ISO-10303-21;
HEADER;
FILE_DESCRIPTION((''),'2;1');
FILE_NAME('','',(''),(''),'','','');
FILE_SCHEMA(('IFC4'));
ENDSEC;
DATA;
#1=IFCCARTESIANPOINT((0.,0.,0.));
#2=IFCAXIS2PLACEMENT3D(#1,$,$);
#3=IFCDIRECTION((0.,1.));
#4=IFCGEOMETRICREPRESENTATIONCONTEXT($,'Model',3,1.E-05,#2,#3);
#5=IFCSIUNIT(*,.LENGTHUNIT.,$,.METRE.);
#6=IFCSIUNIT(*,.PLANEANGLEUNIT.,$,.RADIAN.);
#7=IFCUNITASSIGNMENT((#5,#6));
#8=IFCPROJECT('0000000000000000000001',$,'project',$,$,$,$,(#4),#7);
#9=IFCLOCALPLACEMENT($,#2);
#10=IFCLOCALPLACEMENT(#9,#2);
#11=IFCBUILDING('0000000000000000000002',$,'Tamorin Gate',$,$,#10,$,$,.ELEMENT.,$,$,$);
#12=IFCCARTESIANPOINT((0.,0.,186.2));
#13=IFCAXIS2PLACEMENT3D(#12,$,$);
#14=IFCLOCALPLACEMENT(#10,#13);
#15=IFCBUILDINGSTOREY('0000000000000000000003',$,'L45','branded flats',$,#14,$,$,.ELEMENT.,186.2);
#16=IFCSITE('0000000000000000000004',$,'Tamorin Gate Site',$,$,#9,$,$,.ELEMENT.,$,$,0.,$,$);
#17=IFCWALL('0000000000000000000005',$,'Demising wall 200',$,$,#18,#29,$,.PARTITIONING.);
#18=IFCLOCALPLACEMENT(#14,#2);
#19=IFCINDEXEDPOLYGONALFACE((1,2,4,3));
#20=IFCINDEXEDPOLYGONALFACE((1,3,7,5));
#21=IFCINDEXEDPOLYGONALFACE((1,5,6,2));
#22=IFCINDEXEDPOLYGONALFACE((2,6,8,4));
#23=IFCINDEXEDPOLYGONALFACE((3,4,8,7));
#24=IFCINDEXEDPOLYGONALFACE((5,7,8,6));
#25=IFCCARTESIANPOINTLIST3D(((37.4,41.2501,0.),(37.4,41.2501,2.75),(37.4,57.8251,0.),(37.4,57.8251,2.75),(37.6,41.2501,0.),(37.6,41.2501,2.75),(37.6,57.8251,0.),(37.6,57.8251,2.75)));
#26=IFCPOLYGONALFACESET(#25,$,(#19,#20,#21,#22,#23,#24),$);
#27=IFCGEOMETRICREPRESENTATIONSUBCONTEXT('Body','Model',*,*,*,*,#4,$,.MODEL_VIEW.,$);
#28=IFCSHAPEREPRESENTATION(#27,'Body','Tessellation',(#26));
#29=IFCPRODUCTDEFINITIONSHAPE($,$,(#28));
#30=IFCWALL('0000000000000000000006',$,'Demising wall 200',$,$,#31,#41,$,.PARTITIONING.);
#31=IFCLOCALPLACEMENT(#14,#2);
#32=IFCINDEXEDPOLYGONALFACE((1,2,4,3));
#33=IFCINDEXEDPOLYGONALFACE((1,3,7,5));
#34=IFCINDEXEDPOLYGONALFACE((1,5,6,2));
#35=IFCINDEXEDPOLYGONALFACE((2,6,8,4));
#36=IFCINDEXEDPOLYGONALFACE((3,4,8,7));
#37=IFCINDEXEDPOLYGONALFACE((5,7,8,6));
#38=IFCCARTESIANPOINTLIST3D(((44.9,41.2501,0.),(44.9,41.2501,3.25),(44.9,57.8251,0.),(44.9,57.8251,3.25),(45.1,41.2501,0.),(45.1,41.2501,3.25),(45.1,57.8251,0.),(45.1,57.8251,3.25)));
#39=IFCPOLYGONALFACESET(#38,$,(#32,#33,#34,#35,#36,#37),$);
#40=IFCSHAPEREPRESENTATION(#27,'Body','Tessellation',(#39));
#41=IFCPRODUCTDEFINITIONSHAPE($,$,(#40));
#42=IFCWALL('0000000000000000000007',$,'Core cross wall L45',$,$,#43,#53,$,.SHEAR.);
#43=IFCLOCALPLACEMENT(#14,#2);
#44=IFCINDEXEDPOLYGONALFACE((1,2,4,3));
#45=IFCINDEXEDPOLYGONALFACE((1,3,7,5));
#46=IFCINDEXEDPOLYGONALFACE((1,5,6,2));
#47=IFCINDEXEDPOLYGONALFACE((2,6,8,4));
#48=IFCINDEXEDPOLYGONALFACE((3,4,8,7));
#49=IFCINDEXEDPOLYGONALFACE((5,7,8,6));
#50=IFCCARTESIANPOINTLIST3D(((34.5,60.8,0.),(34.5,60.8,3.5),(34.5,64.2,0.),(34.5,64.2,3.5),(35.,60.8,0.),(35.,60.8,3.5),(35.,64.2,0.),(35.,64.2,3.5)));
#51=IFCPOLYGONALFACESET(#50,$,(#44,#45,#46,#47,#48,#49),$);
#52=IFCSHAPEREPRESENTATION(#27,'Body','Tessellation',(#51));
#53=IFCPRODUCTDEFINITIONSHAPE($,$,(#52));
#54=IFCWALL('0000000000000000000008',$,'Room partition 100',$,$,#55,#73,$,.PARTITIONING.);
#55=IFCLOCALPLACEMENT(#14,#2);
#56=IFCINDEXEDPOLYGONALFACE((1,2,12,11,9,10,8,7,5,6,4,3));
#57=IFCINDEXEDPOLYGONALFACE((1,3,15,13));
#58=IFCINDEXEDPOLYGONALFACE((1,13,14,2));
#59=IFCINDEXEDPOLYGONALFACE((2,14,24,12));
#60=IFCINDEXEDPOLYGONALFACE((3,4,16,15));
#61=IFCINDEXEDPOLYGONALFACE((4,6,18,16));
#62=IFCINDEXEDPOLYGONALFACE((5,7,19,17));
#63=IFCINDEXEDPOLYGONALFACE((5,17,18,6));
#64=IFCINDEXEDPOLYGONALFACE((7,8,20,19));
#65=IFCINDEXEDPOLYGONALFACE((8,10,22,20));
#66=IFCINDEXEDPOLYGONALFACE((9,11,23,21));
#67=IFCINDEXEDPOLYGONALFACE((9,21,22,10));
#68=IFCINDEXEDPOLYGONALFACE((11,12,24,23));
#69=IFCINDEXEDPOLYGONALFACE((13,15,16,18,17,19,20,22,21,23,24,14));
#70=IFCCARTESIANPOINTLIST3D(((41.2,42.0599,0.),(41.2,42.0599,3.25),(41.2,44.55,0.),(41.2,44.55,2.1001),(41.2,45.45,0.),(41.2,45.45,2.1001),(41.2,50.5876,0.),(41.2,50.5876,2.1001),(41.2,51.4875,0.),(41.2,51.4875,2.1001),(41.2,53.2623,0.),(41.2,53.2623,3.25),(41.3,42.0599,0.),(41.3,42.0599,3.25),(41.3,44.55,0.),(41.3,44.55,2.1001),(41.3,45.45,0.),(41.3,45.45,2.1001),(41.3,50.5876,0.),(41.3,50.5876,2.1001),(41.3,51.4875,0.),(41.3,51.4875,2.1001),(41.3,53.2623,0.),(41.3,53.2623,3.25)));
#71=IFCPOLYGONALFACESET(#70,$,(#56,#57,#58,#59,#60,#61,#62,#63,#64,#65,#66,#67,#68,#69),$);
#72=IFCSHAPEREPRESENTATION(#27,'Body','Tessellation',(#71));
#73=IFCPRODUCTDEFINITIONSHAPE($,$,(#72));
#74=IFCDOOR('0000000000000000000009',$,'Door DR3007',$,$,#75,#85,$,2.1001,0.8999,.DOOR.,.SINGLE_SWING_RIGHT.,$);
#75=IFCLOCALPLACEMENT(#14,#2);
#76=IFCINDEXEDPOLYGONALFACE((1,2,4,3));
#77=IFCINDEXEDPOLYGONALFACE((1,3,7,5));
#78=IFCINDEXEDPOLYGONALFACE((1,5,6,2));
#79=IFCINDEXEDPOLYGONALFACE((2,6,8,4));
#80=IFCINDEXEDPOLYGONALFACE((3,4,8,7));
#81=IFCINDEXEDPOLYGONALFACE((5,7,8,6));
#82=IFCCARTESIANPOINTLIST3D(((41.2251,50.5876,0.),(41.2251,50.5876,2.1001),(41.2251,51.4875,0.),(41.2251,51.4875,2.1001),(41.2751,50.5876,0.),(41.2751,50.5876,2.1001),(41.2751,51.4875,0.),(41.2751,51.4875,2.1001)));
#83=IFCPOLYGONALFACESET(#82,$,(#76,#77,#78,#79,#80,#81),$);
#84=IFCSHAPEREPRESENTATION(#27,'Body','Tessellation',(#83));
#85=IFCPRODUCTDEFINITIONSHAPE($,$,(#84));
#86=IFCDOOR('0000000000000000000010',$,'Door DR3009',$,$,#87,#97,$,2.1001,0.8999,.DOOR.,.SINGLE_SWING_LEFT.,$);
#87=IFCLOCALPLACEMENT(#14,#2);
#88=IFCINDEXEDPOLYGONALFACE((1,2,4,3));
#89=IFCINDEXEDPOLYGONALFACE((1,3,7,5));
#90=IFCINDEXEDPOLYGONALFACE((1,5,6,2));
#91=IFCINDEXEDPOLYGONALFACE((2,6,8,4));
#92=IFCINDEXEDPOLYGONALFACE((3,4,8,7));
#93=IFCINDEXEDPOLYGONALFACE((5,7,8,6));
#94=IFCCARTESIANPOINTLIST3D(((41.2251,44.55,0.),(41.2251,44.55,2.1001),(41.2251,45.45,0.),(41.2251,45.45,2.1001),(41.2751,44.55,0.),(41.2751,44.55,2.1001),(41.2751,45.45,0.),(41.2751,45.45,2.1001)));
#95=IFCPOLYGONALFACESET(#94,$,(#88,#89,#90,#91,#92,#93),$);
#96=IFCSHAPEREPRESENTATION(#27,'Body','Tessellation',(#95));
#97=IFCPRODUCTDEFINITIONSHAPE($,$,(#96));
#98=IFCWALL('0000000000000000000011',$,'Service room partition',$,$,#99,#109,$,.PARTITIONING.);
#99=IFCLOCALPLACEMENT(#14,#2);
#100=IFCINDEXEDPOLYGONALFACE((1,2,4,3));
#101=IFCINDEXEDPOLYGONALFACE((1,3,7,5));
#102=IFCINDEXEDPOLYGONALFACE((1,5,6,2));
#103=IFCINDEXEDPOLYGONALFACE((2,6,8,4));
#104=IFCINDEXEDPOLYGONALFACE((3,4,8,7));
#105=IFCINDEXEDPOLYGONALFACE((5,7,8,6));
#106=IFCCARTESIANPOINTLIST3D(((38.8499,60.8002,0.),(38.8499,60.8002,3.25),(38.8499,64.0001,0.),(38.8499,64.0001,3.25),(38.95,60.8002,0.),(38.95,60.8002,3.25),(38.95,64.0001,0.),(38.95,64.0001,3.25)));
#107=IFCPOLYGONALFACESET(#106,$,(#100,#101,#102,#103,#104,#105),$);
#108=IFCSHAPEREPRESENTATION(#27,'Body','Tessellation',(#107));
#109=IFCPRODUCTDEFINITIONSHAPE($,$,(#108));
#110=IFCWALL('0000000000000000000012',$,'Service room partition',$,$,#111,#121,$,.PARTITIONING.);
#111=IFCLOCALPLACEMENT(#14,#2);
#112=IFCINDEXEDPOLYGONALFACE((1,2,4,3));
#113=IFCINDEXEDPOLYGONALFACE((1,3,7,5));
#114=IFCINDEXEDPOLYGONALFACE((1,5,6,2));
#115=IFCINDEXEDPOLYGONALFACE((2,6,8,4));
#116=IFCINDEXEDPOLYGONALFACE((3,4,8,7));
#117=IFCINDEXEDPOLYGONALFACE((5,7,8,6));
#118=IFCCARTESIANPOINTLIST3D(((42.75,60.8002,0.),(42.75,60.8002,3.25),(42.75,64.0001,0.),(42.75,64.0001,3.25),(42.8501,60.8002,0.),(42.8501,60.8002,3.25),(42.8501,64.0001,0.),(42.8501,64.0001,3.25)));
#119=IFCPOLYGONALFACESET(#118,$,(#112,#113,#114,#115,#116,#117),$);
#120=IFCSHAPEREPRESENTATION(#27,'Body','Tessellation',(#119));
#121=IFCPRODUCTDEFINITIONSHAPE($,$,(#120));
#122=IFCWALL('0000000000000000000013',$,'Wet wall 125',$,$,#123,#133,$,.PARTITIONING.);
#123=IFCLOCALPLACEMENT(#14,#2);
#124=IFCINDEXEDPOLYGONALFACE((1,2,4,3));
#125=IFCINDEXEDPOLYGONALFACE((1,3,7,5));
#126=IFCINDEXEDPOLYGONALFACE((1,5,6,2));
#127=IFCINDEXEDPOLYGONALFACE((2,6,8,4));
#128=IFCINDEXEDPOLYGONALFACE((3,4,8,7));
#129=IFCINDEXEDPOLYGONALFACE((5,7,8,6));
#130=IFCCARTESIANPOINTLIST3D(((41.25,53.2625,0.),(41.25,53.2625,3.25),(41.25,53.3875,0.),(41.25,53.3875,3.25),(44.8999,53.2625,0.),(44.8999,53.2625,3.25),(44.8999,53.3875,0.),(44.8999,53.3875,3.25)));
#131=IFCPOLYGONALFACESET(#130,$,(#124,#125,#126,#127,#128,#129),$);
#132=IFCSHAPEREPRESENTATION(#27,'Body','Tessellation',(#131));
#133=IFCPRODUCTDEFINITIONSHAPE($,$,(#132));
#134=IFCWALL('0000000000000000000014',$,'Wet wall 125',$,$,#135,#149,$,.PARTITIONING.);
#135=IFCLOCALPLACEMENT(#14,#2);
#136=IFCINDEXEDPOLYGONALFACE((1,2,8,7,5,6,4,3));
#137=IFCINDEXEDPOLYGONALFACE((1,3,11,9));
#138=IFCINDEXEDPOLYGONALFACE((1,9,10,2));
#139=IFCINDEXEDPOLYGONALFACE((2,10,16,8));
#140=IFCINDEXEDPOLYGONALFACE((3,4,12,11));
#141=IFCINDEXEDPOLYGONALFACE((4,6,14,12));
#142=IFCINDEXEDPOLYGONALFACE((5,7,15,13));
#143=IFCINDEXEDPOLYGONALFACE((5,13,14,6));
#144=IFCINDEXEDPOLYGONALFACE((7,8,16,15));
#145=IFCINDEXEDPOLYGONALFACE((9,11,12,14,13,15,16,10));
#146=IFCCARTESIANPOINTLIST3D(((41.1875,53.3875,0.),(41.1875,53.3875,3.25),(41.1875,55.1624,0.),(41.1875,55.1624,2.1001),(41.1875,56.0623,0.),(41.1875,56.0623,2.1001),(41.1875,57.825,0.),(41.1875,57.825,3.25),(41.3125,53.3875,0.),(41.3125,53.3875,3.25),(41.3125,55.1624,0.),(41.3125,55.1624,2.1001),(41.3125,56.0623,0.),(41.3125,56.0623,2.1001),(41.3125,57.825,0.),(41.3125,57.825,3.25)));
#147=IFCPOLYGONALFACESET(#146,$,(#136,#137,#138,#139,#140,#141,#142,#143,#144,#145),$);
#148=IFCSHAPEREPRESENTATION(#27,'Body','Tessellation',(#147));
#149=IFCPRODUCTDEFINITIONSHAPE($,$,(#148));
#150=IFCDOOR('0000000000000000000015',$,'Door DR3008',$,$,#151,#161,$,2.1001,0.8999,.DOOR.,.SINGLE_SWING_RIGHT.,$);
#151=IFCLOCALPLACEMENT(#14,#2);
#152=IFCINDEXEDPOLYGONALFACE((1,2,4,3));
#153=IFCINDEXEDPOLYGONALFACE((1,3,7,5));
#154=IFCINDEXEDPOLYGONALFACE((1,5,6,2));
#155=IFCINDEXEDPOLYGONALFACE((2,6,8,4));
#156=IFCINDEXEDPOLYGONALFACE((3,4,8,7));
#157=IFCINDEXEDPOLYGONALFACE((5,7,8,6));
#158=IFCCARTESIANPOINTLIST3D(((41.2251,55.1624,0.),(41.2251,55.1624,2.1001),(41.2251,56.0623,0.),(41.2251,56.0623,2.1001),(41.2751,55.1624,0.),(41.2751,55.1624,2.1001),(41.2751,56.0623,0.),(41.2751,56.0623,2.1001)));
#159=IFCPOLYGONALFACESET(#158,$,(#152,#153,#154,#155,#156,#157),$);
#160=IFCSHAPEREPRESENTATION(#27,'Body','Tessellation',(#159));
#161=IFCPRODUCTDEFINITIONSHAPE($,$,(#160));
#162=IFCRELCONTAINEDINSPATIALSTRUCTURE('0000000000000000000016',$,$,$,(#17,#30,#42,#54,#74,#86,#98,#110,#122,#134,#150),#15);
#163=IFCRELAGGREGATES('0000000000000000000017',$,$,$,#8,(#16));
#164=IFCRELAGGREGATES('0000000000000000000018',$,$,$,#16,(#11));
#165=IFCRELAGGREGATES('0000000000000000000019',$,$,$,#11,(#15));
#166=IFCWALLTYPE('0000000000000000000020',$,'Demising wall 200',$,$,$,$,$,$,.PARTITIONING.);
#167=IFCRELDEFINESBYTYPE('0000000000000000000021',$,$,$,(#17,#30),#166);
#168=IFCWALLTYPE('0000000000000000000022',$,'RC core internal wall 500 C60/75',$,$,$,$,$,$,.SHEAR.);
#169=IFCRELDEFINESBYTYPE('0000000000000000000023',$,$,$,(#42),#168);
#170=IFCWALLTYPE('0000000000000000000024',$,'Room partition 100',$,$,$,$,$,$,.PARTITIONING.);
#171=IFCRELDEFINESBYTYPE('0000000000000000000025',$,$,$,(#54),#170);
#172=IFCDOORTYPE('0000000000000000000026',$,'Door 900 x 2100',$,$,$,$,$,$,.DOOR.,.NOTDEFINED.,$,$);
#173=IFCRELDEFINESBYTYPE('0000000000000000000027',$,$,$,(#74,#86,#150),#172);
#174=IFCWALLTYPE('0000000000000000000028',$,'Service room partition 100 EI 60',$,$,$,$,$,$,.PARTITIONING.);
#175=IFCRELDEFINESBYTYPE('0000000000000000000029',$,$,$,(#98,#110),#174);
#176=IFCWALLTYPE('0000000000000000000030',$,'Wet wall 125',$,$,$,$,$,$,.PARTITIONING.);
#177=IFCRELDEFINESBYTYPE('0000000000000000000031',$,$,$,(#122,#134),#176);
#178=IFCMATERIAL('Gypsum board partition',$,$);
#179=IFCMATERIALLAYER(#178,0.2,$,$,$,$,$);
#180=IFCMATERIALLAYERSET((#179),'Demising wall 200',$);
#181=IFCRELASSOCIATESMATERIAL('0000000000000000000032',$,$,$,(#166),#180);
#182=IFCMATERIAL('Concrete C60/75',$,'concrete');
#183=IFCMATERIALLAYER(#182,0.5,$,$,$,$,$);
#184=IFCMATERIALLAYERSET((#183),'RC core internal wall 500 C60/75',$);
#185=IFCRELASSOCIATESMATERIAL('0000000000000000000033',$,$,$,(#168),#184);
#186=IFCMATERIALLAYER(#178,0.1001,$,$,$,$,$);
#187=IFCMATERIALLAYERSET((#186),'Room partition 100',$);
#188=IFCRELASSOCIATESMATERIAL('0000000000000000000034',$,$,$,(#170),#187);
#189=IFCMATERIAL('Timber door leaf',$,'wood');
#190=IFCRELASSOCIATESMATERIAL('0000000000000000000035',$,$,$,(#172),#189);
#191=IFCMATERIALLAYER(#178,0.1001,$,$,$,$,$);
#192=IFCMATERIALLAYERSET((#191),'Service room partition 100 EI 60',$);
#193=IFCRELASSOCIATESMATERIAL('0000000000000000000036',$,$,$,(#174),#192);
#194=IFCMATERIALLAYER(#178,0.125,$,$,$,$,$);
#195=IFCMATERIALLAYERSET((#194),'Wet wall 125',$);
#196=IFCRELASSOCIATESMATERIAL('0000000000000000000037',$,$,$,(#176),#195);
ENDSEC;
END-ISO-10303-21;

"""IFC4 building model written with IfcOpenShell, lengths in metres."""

from ifc_helpers import new_model, si_unit, direction, frame, frame_2d, origin, place, context, subcontext, project, spatial, rectangle, extrude, material, layer, layer_set, type_object, element, fill, save


model = new_model("IFC4")

# Units and contexts
model_context = context("Model", 3, precision=1e-05, world=origin(), true_north=direction((0.0, 1.0)))
body_context = subcontext(model_context, "Body", "Model", "MODEL_VIEW")
ifc_project = project(units=[si_unit("LENGTHUNIT", "METRE"), si_unit("PLANEANGLEUNIT", "RADIAN")], contexts=[model_context])

# Site, building, storey
site_placement = place(None, origin())
site = spatial("IfcSite", under=ifc_project, at=site_placement, Name="Tamorin Gate Site", CompositionType="ELEMENT", RefElevation=0.0)
building_placement = place(site_placement, origin())
building = spatial("IfcBuilding", under=site, at=building_placement, Name="Tamorin Gate", CompositionType="ELEMENT")
storey_placement = place(building_placement, frame((0.0, 0.0, 186.2)))
storey = spatial("IfcBuildingStorey", under=building, at=storey_placement, Name="L45", Description="branded flats", CompositionType="ELEMENT", Elevation=186.2)

# Shared definitions
ifc_material_1 = material(Name="Concrete C60/75", Category="concrete")

# Walls
ifc_material_2 = material(Name="Gypsum board partition")
ifc_layer_1 = layer(ifc_material_2, 0.2)
ifc_layer_set_1 = layer_set([ifc_layer_1], Name="Demising wall 200")
wall_type_1 = type_object("IfcWallType", Name="Demising wall 200", PredefinedType="PARTITIONING", material=ifc_layer_set_1)
wall_1_placement = place(storey_placement, frame((37.5, 41.25, 0.0), z_axis=(0.0, 0.0, 1.0), x_axis=(0.0, 1.0, 0.0)))
element("IfcWall", 1, at=wall_1_placement, inside=storey, type_object=wall_type_1, Name="Demising wall 200", PredefinedType="PARTITIONING", context=body_context, shape_type="SweptSolid", body=[
    extrude(rectangle(XDim=16.575, YDim=0.2, at=frame_2d((8.2876, 0.0))), origin(), (0.0, 0.0, 1.0), 2.75),
])
wall_2_placement = place(storey_placement, frame((45.0, 41.25, 0.0), z_axis=(0.0, 0.0, 1.0), x_axis=(0.0, 1.0, 0.0)))
element("IfcWall", 2, at=wall_2_placement, inside=storey, type_object=wall_type_1, Name="Demising wall 200", PredefinedType="PARTITIONING", context=body_context, shape_type="SweptSolid", body=[
    extrude(rectangle(XDim=16.575, YDim=0.2, at=frame_2d((8.2876, 0.0))), origin(), (0.0, 0.0, 1.0), 3.25),
])
ifc_layer_2 = layer(ifc_material_1, 0.5)
ifc_layer_set_2 = layer_set([ifc_layer_2], Name="RC core internal wall 500 C60/75")
wall_type_2 = type_object("IfcWallType", Name="RC core internal wall 500 C60/75", PredefinedType="SHEAR", material=ifc_layer_set_2)
wall_3_placement = place(storey_placement, frame((34.75, 60.8, 0.0), z_axis=(0.0, 0.0, 1.0), x_axis=(0.0, 1.0, 0.0)))
element("IfcWall", 3, at=wall_3_placement, inside=storey, type_object=wall_type_2, Name="Core cross wall L45", PredefinedType="SHEAR", context=body_context, shape_type="SweptSolid", body=[
    extrude(rectangle(XDim=3.3999, YDim=0.5, at=frame_2d((1.7, 0.0))), origin(), (0.0, 0.0, 1.0), 3.5),
])

# Wall, openings, doors
ifc_layer_3 = layer(ifc_material_2, 0.1001)
ifc_layer_set_3 = layer_set([ifc_layer_3], Name="Room partition 100")
wall_type_3 = type_object("IfcWallType", Name="Room partition 100", PredefinedType="PARTITIONING", material=ifc_layer_set_3)
wall_4_placement = place(storey_placement, frame((41.25, 42.0601, 0.0), z_axis=(0.0, 0.0, 1.0), x_axis=(0.0, 1.0, 0.0)))
wall_4 = element("IfcWall", 4, at=wall_4_placement, inside=storey, type_object=wall_type_3, Name="Room partition 100", PredefinedType="PARTITIONING", context=body_context, shape_type="SweptSolid", body=[
    extrude(rectangle(XDim=11.2024, YDim=0.1001, at=frame_2d((5.6011, 0.0))), origin(), (0.0, 0.0, 1.0), 3.25),
])
opening_1_placement = place(wall_4_placement, frame((8.5276, 0.0, 0.0)))
opening_1 = element("IfcOpeningElement", 5, at=opening_1_placement, cuts=wall_4, PredefinedType="OPENING", context=body_context, shape_type="SweptSolid", body=[
    extrude(rectangle(XDim=0.8999, YDim=2.1001, at=frame_2d((0.45, 1.05))), frame((0.0, 0.0601, 0.0), z_axis=(0.0, -1.0, 0.0), x_axis=(1.0, 0.0, 0.0)), (0.0, 0.0, 1.0), 0.1201),
])
opening_2_placement = place(wall_4_placement, frame((2.49, 0.0, 0.0)))
opening_2 = element("IfcOpeningElement", 6, at=opening_2_placement, cuts=wall_4, PredefinedType="OPENING", context=body_context, shape_type="SweptSolid", body=[
    extrude(rectangle(XDim=0.8999, YDim=2.1001, at=frame_2d((0.45, 1.05))), frame((0.0, 0.0601, 0.0), z_axis=(0.0, -1.0, 0.0), x_axis=(1.0, 0.0, 0.0)), (0.0, 0.0, 1.0), 0.1201),
])
ifc_material_3 = material(Name="Timber door leaf", Category="wood")
door_type = type_object("IfcDoorType", Name="Door 900 x 2100", OperationType="NOTDEFINED", PredefinedType="DOOR", material=ifc_material_3)
door_1_placement = place(opening_1_placement, origin())
door_1 = element("IfcDoor", 7, at=door_1_placement, inside=storey, type_object=door_type, Name="Door DR3007", OperationType="SINGLE_SWING_RIGHT", OverallHeight=2.1001, OverallWidth=0.8999, PredefinedType="DOOR", context=body_context, shape_type="SweptSolid", body=[
    extrude(rectangle(XDim=0.8999, YDim=2.1001, at=frame_2d((0.45, 1.05))), frame((0.0, 0.0249, 0.0), z_axis=(0.0, -1.0, 0.0), x_axis=(1.0, 0.0, 0.0)), (0.0, 0.0, 1.0), 0.05),
])
fill(opening_1, door_1)
door_2_placement = place(opening_2_placement, origin())
door_2 = element("IfcDoor", 8, at=door_2_placement, inside=storey, type_object=door_type, Name="Door DR3009", OperationType="SINGLE_SWING_LEFT", OverallHeight=2.1001, OverallWidth=0.8999, PredefinedType="DOOR", context=body_context, shape_type="SweptSolid", body=[
    extrude(rectangle(XDim=0.8999, YDim=2.1001, at=frame_2d((0.45, 1.05))), frame((0.0, 0.0249, 0.0), z_axis=(0.0, -1.0, 0.0), x_axis=(1.0, 0.0, 0.0)), (0.0, 0.0, 1.0), 0.05),
])
fill(opening_2, door_2)

# Walls
ifc_layer_4 = layer(ifc_material_2, 0.1001)
ifc_layer_set_4 = layer_set([ifc_layer_4], Name="Service room partition 100 EI 60")
wall_type_4 = type_object("IfcWallType", Name="Service room partition 100 EI 60", PredefinedType="PARTITIONING", material=ifc_layer_set_4)
for number, where, z_axis, x_axis, name in (
    (9, (38.8999, 60.8, 0.0), (0.0, 0.0, 1.0), (0.0, 1.0, 0.0), "Service room partition"),
    (10, (42.8, 60.8, 0.0), (0.0, 0.0, 1.0), (0.0, 1.0, 0.0), "Service room partition"),
):
    element("IfcWall", number, at=place(storey_placement, frame(where, z_axis=z_axis, x_axis=x_axis)), inside=storey, type_object=wall_type_4, Name=name, PredefinedType="PARTITIONING", context=body_context, shape_type="SweptSolid", body=[
        extrude(rectangle(XDim=3.2, YDim=0.1001, at=frame_2d((1.6001, 0.0))), origin(), (0.0, 0.0, 1.0), 3.25),
    ])
ifc_layer_5 = layer(ifc_material_2, 0.125)
ifc_layer_set_5 = layer_set([ifc_layer_5], Name="Wet wall 125")
wall_type_5 = type_object("IfcWallType", Name="Wet wall 125", PredefinedType="PARTITIONING", material=ifc_layer_set_5)
wall_5_placement = place(storey_placement, frame((41.25, 53.325, 0.0), z_axis=(0.0, 0.0, 1.0), x_axis=(1.0, 0.0, 0.0)))
element("IfcWall", 11, at=wall_5_placement, inside=storey, type_object=wall_type_5, Name="Wet wall 125", PredefinedType="PARTITIONING", context=body_context, shape_type="SweptSolid", body=[
    extrude(rectangle(XDim=3.6499, YDim=0.125, at=frame_2d((1.825, 0.0))), origin(), (0.0, 0.0, 1.0), 3.25),
])

# Wall, opening, door
wall_6_placement = place(storey_placement, frame((41.25, 53.3875, 0.0), z_axis=(0.0, 0.0, 1.0), x_axis=(0.0, 1.0, 0.0)))
wall_6 = element("IfcWall", 12, at=wall_6_placement, inside=storey, type_object=wall_type_5, Name="Wet wall 125", PredefinedType="PARTITIONING", context=body_context, shape_type="SweptSolid", body=[
    extrude(rectangle(XDim=4.4375, YDim=0.125, at=frame_2d((2.2188, 0.0))), origin(), (0.0, 0.0, 1.0), 3.25),
])
opening_3_placement = place(wall_6_placement, frame((1.7749, 0.0, 0.0)))
opening_3 = element("IfcOpeningElement", 13, at=opening_3_placement, cuts=wall_6, PredefinedType="OPENING", context=body_context, shape_type="SweptSolid", body=[
    extrude(rectangle(XDim=0.8999, YDim=2.1001, at=frame_2d((0.45, 1.05))), frame((0.0, 0.0725, 0.0), z_axis=(0.0, -1.0, 0.0), x_axis=(1.0, 0.0, 0.0)), (0.0, 0.0, 1.0), 0.145),
])
door_3_placement = place(opening_3_placement, origin())
door_3 = element("IfcDoor", 14, at=door_3_placement, inside=storey, type_object=door_type, Name="Door DR3008", OperationType="SINGLE_SWING_RIGHT", OverallHeight=2.1001, OverallWidth=0.8999, PredefinedType="DOOR", context=body_context, shape_type="SweptSolid", body=[
    extrude(rectangle(XDim=0.8999, YDim=2.1001, at=frame_2d((0.45, 1.05))), frame((0.0, 0.0249, 0.0), z_axis=(0.0, -1.0, 0.0), x_axis=(1.0, 0.0, 0.0)), (0.0, 0.0, 1.0), 0.05),
])
fill(opening_3, door_3)

save(model, "model.ifc")
